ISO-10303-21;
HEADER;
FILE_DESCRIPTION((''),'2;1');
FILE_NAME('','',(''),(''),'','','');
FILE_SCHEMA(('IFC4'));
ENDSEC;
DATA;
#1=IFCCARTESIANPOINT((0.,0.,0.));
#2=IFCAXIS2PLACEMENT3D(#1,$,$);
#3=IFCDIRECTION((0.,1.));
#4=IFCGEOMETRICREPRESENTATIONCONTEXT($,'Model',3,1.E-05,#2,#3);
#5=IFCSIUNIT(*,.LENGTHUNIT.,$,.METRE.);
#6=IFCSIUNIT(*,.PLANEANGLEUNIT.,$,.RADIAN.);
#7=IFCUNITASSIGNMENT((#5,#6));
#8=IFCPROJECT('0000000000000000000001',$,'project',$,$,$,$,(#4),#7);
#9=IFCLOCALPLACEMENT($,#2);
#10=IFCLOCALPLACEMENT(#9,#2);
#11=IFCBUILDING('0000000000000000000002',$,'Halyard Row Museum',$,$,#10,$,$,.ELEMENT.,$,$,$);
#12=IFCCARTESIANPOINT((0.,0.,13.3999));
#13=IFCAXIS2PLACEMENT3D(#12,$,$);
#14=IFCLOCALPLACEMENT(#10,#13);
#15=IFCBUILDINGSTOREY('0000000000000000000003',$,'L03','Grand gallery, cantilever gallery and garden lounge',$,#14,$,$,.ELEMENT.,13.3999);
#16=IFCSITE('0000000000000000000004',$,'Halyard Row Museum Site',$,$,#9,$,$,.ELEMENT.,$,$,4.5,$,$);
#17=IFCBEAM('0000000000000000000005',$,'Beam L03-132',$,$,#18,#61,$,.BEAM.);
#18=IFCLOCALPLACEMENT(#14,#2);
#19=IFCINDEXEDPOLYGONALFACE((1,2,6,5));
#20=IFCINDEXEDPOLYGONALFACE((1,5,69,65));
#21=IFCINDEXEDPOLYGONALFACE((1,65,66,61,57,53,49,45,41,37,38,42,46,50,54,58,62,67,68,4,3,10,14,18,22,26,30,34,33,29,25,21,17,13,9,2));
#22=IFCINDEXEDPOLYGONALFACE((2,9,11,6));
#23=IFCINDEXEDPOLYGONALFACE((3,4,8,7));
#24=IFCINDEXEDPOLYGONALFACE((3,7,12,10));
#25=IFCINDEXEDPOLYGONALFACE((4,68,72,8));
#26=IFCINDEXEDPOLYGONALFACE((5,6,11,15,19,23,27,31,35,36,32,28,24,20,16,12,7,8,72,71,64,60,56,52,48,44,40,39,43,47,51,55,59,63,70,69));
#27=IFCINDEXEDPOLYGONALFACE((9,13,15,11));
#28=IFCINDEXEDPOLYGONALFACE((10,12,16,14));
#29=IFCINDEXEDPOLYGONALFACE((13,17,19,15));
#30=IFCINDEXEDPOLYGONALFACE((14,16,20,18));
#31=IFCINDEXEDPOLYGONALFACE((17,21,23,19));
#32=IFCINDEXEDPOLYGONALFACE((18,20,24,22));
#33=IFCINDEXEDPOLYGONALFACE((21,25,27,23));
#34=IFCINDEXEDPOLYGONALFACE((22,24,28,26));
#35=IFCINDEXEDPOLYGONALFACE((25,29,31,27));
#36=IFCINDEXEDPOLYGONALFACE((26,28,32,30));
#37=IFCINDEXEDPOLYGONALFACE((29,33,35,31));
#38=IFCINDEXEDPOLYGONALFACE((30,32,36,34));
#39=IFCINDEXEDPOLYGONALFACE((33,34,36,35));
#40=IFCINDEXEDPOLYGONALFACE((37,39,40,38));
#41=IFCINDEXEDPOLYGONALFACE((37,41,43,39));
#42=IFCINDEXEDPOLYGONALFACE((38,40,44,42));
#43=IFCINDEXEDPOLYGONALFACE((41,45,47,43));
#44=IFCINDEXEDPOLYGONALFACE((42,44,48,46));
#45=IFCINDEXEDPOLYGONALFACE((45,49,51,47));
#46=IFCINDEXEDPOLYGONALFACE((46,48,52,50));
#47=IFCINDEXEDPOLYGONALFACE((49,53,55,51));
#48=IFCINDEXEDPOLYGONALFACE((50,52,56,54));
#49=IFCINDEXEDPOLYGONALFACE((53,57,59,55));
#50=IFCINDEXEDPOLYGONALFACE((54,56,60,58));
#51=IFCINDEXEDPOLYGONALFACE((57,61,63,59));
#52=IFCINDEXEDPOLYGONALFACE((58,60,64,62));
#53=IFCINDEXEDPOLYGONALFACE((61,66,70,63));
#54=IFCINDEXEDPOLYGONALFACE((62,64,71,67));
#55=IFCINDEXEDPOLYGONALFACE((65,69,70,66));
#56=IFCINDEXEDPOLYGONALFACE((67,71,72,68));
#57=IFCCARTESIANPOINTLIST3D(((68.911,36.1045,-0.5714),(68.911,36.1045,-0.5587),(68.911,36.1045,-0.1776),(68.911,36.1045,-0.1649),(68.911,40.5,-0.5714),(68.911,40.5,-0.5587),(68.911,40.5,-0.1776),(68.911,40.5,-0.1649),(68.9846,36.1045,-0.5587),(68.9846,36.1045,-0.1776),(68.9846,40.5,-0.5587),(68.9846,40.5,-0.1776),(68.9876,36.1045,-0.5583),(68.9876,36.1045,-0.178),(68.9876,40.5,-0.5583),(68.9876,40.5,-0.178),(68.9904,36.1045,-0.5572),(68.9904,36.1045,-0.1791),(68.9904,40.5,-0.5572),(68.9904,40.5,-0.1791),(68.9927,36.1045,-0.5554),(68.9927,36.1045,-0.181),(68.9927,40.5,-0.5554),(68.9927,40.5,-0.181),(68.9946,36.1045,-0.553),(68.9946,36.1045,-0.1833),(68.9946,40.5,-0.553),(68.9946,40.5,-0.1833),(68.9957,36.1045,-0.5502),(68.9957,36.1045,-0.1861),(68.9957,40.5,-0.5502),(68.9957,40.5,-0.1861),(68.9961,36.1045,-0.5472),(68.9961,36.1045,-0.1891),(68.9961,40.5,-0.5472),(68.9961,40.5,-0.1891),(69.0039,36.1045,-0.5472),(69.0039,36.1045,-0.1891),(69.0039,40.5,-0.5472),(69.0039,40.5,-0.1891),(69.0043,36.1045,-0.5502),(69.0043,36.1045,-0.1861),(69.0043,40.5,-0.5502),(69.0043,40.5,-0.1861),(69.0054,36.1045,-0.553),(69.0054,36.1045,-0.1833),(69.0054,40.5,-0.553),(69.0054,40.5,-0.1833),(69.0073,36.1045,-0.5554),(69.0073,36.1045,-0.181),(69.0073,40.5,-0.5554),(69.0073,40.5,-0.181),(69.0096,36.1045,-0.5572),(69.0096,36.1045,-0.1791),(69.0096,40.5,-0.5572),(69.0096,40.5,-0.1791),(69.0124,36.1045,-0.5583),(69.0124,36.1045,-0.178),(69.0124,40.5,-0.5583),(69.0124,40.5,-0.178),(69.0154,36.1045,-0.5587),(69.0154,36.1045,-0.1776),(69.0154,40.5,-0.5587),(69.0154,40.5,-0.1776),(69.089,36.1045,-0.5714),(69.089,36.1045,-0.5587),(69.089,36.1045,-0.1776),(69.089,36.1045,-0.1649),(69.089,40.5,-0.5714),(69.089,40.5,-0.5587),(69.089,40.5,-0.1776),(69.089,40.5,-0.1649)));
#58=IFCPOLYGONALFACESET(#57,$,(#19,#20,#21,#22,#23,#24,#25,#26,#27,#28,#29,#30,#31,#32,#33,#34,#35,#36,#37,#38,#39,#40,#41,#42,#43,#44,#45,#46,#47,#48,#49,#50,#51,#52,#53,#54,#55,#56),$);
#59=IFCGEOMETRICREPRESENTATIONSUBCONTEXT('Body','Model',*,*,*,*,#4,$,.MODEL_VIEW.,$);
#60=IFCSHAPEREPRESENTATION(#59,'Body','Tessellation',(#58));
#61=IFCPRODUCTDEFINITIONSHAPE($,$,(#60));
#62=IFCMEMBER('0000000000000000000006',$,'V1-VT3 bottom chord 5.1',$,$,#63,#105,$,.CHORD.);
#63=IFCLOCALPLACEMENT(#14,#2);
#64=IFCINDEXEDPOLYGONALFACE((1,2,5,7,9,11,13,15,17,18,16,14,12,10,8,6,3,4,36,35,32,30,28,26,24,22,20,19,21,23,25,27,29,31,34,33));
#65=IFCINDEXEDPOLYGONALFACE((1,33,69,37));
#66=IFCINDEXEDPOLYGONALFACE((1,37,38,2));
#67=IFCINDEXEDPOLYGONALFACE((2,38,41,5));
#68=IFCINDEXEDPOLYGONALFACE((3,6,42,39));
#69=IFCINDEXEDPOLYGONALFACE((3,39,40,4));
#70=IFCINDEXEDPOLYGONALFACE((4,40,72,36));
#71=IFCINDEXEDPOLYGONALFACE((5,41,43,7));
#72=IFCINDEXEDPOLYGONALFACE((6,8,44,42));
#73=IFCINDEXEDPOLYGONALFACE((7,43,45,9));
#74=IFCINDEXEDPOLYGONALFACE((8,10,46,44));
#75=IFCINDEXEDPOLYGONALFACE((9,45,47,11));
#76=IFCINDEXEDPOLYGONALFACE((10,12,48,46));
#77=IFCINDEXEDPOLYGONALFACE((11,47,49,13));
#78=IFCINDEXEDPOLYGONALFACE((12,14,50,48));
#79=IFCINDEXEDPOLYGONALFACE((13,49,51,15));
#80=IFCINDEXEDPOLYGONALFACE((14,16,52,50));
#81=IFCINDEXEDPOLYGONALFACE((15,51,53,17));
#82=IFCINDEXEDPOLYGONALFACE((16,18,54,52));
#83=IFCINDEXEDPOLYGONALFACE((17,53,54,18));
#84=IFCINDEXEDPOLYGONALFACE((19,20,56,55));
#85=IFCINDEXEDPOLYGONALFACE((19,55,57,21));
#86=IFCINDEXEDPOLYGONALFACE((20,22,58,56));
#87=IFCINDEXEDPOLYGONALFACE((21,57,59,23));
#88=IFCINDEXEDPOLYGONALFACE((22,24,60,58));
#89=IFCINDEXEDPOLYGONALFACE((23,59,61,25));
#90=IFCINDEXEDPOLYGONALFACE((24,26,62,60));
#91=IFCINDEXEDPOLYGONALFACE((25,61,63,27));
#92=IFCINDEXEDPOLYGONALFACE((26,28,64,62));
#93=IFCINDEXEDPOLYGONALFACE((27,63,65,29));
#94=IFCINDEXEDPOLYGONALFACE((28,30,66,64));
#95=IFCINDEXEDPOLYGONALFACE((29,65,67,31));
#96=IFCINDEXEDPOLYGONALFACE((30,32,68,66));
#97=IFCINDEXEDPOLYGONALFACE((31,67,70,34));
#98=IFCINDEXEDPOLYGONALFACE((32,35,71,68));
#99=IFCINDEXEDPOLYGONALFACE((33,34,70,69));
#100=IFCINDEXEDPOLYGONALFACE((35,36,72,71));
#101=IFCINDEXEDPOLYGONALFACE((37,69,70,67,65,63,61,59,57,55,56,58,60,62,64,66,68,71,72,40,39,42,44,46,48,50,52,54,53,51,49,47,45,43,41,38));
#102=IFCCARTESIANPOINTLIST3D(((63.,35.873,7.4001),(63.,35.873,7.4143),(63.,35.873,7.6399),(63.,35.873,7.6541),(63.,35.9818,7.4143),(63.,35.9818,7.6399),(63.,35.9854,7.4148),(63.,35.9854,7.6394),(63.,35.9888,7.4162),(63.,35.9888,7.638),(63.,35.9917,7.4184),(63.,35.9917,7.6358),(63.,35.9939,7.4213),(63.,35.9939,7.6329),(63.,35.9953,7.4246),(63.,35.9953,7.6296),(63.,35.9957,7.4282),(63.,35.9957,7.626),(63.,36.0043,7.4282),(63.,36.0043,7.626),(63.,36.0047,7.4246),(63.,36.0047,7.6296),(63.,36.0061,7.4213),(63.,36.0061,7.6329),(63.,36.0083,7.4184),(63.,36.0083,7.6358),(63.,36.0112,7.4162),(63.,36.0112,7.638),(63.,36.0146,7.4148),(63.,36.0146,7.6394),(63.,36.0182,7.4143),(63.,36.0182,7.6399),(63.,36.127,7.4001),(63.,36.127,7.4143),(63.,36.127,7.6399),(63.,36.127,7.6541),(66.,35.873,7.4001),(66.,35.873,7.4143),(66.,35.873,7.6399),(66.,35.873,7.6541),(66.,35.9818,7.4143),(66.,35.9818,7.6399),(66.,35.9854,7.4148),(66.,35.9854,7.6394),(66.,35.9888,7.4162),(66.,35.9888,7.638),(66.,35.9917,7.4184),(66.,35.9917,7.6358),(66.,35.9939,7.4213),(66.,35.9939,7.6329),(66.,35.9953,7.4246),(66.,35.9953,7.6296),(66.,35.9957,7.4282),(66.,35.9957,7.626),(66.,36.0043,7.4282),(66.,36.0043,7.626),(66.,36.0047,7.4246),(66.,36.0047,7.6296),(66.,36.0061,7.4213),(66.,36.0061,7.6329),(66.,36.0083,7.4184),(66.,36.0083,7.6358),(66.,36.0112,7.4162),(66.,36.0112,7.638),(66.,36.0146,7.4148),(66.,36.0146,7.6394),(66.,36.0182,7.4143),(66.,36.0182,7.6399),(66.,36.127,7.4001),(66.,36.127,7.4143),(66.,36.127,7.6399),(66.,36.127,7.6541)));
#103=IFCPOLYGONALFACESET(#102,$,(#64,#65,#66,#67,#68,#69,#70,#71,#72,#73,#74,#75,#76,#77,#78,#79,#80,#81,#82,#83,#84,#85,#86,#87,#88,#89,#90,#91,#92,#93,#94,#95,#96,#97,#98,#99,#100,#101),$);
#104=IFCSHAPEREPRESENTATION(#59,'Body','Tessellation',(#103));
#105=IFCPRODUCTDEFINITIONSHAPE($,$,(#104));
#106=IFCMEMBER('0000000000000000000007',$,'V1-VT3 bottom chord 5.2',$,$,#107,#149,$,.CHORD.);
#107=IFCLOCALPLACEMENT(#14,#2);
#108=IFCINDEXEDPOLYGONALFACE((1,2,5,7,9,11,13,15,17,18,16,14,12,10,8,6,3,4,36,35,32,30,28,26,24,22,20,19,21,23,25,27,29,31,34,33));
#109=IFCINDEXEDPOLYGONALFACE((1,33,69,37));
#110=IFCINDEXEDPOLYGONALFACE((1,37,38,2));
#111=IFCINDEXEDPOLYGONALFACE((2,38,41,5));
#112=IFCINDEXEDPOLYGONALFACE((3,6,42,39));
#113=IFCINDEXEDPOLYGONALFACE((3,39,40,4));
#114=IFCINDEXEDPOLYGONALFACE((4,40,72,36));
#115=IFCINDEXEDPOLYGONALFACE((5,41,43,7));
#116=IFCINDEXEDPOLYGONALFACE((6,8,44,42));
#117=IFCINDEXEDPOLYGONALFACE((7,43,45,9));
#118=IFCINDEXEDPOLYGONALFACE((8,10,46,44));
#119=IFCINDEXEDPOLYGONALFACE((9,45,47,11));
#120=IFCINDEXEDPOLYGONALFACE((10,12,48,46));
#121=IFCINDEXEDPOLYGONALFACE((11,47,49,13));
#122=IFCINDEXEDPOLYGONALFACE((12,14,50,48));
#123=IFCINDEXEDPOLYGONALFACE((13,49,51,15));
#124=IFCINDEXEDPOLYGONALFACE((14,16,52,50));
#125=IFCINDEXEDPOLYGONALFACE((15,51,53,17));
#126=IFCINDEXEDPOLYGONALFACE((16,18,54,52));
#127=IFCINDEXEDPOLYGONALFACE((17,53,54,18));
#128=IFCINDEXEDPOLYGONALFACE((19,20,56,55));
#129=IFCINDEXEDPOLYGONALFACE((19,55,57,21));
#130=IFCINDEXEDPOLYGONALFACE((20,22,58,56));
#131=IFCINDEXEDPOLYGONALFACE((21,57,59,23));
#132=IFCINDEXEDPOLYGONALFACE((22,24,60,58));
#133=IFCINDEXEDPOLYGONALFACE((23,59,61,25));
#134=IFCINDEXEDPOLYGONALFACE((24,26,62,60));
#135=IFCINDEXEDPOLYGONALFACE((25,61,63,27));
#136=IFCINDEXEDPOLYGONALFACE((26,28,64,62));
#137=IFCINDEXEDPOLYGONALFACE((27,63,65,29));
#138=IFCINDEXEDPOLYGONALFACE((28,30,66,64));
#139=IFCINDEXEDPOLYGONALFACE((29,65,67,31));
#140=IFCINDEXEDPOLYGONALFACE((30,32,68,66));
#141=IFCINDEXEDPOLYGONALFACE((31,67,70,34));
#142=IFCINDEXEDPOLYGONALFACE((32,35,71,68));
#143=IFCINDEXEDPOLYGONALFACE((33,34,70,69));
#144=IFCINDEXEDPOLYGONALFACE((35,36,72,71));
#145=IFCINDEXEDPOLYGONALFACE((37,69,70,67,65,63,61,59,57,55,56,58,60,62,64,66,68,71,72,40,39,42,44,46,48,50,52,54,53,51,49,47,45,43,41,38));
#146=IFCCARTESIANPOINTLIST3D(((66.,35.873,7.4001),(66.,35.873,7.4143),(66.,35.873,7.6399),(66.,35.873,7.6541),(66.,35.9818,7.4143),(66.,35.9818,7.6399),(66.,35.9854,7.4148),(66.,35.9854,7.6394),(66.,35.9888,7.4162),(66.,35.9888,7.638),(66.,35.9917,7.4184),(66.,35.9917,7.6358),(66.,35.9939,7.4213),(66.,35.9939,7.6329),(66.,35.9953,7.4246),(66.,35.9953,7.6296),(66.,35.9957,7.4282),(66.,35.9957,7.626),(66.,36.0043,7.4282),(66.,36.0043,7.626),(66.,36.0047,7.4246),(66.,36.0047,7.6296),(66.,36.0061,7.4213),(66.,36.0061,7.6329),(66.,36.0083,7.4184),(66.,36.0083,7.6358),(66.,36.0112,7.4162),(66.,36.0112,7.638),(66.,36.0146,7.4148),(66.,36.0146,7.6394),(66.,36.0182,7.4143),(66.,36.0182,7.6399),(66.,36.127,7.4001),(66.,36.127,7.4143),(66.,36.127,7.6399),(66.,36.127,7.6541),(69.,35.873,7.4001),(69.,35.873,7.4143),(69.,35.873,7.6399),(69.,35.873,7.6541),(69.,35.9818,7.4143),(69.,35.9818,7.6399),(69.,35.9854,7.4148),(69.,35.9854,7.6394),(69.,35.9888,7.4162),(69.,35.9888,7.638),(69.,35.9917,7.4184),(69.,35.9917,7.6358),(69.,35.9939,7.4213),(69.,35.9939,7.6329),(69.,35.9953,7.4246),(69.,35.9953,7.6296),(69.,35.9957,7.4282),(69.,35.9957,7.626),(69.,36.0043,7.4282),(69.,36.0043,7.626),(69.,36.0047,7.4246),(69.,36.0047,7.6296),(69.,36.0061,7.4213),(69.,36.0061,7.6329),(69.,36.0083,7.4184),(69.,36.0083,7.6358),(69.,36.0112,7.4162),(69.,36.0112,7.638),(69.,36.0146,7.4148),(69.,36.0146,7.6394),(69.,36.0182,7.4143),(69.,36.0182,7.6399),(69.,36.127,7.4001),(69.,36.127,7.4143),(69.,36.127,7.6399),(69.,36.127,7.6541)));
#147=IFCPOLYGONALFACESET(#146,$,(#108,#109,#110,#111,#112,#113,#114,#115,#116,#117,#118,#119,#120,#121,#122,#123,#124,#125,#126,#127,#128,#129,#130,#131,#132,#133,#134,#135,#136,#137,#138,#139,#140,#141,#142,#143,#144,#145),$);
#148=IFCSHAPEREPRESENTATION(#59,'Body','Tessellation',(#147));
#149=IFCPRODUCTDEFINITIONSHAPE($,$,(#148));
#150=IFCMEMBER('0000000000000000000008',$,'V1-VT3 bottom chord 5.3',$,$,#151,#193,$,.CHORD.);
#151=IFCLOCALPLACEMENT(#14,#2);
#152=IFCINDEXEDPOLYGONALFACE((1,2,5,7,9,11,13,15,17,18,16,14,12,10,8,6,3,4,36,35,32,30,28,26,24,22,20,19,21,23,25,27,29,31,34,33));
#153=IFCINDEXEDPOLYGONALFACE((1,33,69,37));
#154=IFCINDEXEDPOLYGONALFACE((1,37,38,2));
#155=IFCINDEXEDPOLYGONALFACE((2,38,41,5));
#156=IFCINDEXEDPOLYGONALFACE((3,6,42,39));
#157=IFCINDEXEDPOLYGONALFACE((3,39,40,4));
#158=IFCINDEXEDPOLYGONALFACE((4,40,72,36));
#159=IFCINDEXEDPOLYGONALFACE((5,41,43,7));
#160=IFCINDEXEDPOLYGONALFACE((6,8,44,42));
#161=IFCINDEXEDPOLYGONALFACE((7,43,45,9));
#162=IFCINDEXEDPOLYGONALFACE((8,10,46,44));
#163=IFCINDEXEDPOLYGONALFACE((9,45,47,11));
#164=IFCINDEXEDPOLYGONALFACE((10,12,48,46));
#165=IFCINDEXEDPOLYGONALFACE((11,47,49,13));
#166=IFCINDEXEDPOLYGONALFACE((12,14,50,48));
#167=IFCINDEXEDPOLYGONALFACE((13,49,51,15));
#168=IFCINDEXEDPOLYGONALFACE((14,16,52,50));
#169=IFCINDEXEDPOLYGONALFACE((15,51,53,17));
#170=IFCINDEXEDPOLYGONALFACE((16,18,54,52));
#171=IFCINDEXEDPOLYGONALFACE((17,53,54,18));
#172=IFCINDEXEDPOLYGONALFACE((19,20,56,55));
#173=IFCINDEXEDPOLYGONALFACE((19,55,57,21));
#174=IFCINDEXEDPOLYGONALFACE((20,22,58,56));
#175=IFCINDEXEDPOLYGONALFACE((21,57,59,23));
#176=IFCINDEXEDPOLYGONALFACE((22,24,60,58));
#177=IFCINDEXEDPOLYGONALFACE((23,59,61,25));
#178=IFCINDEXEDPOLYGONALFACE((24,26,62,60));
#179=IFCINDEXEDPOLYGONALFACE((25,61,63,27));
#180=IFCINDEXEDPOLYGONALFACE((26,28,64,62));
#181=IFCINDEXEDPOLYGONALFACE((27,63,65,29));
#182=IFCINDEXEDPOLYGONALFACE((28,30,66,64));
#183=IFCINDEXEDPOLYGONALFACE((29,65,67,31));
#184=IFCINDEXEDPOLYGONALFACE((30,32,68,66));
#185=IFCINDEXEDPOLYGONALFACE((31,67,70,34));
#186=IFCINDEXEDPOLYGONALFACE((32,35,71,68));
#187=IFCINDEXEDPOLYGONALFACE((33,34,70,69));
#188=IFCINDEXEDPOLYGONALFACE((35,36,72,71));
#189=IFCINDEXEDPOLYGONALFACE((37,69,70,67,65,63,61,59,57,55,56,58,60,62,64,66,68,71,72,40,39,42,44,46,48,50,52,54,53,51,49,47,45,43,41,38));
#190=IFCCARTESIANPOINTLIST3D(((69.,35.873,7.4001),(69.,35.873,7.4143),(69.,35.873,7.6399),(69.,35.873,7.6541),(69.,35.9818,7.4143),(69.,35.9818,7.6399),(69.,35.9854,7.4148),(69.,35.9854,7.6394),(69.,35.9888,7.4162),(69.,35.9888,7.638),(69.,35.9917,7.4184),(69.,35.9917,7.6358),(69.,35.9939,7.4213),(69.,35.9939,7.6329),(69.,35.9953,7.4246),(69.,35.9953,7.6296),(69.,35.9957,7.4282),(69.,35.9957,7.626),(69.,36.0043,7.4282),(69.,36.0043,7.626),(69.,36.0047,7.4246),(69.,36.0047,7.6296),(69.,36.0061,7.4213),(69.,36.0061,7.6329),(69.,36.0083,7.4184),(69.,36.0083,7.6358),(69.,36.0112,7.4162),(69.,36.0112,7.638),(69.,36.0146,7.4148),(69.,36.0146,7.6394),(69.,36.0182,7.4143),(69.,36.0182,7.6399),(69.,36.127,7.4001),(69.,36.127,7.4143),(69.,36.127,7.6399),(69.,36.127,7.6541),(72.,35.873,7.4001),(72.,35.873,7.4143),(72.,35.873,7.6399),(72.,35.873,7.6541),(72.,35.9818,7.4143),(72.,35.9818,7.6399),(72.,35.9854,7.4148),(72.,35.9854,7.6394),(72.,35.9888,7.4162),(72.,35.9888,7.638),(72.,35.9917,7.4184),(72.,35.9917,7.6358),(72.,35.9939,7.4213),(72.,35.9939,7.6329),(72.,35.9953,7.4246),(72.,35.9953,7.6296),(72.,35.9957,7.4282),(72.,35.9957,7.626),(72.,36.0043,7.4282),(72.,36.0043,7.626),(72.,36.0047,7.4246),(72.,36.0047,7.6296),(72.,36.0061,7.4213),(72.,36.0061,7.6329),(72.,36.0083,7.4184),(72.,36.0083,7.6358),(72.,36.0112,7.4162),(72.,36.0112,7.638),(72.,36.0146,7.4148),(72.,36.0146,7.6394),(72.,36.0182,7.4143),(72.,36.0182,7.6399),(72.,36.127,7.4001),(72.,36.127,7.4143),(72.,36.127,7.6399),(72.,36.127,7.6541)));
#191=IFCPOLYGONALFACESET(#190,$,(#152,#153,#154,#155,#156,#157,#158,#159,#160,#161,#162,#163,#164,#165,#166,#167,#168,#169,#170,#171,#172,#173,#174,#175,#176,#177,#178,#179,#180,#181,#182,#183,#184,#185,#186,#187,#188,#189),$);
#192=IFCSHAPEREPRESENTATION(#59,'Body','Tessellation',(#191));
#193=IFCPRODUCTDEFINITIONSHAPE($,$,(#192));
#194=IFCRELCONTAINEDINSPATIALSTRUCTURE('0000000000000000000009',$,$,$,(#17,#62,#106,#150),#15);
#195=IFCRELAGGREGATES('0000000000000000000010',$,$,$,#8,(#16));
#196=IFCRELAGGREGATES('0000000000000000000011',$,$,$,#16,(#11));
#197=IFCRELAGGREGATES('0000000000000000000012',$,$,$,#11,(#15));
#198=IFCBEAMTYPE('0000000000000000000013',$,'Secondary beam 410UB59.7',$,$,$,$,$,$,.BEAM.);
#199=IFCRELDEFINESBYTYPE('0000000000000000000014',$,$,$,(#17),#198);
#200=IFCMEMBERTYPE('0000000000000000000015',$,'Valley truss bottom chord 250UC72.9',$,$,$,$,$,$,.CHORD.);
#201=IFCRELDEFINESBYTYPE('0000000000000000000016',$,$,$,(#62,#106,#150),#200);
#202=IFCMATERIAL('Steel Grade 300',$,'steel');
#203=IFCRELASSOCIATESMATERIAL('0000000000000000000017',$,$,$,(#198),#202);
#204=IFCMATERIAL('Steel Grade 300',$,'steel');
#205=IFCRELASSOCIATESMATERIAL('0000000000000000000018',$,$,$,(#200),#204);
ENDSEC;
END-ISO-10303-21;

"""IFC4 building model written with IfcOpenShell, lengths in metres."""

from ifc_helpers import new_model, si_unit, direction, frame, origin, origin_2d, place, context, subcontext, project, spatial, i_section, extrude, material, material_profile, profile_set, type_object, element, save


model = new_model("IFC4")

# Units and contexts
model_context = context("Model", 3, precision=1e-05, world=origin(), true_north=direction((0.0, 1.0)))
body_context = subcontext(model_context, "Body", "Model", "MODEL_VIEW")
ifc_project = project(units=[si_unit("LENGTHUNIT", "METRE"), si_unit("PLANEANGLEUNIT", "RADIAN")], contexts=[model_context])

# Site, building, storey
site_placement = place(None, origin())
site = spatial("IfcSite", under=ifc_project, at=site_placement, Name="Halyard Row Museum Site", CompositionType="ELEMENT", RefElevation=4.5)
building_placement = place(site_placement, origin())
building = spatial("IfcBuilding", under=site, at=building_placement, Name="Halyard Row Museum", CompositionType="ELEMENT")
storey_placement = place(building_placement, frame((0.0, 0.0, 13.3999)))
storey = spatial("IfcBuildingStorey", under=building, at=storey_placement, Name="L03", Description="Grand gallery, cantilever gallery and garden lounge", CompositionType="ELEMENT", Elevation=13.3999)

# Beam
ifc_material_1 = material(Name="Steel Grade 300", Category="steel")
ifc_material_profile_1 = material_profile(ifc_material_1, i_section(OverallWidth=0.178, OverallDepth=0.4065, WebThickness=0.0078, FlangeThickness=0.0127, FilletRadius=0.0115, at=origin_2d()), Name="410UB59.7")
ifc_profile_set_1 = profile_set([ifc_material_profile_1], Name="Steel Grade 300")
beam_type_1 = type_object("IfcBeamType", Name="Secondary beam 410UB59.7", PredefinedType="BEAM", material=ifc_profile_set_1)
for number, where, z_axis, x_axis, name in (
    (1, (69.0, 36.1045, -0.3682), (0.0, 1.0, 0.0), (-1.0, 0.0, 0.0), "Beam L03-132"),
):
    element("IfcBeam", number, at=place(storey_placement, frame(where, z_axis=z_axis, x_axis=x_axis)), inside=storey, type_object=beam_type_1, Name=name, PredefinedType="BEAM", context=body_context, shape_type="SweptSolid", body=[
        extrude(i_section(OverallWidth=0.178, OverallDepth=0.4065, WebThickness=0.0078, FlangeThickness=0.0127, FilletRadius=0.0115, at=origin_2d()), origin(), (0.0, 0.0, 1.0), 4.3955),
    ])

# Members
ifc_material_2 = material(Name="Steel Grade 300", Category="steel")
ifc_material_profile_2 = material_profile(ifc_material_2, i_section(OverallWidth=0.2539, OverallDepth=0.2539, WebThickness=0.0085, FlangeThickness=0.0142, FilletRadius=0.0139, at=origin_2d()), Name="250UC72.9")
ifc_profile_set_2 = profile_set([ifc_material_profile_2], Name="Steel Grade 300")
member_type_1 = type_object("IfcMemberType", Name="Valley truss bottom chord 250UC72.9", PredefinedType="CHORD", material=ifc_profile_set_2)
for number, where, z_axis, x_axis, name in (
    (2, (63.0, 36.0, 7.5271), (1.0, 0.0, 0.0), (0.0, 1.0, 0.0), "V1-VT3 bottom chord 5.1"),
    (3, (66.0, 36.0, 7.5271), (1.0, 0.0, 0.0), (0.0, 1.0, 0.0), "V1-VT3 bottom chord 5.2"),
    (4, (69.0, 36.0, 7.5271), (1.0, 0.0, 0.0), (0.0, 1.0, 0.0), "V1-VT3 bottom chord 5.3"),
):
    element("IfcMember", number, at=place(storey_placement, frame(where, z_axis=z_axis, x_axis=x_axis)), inside=storey, type_object=member_type_1, Name=name, PredefinedType="CHORD", context=body_context, shape_type="SweptSolid", body=[
        extrude(i_section(OverallWidth=0.2539, OverallDepth=0.2539, WebThickness=0.0085, FlangeThickness=0.0142, FilletRadius=0.0139, at=origin_2d()), origin(), (0.0, 0.0, 1.0), 3.0),
    ])

save(model, "model.ifc")
